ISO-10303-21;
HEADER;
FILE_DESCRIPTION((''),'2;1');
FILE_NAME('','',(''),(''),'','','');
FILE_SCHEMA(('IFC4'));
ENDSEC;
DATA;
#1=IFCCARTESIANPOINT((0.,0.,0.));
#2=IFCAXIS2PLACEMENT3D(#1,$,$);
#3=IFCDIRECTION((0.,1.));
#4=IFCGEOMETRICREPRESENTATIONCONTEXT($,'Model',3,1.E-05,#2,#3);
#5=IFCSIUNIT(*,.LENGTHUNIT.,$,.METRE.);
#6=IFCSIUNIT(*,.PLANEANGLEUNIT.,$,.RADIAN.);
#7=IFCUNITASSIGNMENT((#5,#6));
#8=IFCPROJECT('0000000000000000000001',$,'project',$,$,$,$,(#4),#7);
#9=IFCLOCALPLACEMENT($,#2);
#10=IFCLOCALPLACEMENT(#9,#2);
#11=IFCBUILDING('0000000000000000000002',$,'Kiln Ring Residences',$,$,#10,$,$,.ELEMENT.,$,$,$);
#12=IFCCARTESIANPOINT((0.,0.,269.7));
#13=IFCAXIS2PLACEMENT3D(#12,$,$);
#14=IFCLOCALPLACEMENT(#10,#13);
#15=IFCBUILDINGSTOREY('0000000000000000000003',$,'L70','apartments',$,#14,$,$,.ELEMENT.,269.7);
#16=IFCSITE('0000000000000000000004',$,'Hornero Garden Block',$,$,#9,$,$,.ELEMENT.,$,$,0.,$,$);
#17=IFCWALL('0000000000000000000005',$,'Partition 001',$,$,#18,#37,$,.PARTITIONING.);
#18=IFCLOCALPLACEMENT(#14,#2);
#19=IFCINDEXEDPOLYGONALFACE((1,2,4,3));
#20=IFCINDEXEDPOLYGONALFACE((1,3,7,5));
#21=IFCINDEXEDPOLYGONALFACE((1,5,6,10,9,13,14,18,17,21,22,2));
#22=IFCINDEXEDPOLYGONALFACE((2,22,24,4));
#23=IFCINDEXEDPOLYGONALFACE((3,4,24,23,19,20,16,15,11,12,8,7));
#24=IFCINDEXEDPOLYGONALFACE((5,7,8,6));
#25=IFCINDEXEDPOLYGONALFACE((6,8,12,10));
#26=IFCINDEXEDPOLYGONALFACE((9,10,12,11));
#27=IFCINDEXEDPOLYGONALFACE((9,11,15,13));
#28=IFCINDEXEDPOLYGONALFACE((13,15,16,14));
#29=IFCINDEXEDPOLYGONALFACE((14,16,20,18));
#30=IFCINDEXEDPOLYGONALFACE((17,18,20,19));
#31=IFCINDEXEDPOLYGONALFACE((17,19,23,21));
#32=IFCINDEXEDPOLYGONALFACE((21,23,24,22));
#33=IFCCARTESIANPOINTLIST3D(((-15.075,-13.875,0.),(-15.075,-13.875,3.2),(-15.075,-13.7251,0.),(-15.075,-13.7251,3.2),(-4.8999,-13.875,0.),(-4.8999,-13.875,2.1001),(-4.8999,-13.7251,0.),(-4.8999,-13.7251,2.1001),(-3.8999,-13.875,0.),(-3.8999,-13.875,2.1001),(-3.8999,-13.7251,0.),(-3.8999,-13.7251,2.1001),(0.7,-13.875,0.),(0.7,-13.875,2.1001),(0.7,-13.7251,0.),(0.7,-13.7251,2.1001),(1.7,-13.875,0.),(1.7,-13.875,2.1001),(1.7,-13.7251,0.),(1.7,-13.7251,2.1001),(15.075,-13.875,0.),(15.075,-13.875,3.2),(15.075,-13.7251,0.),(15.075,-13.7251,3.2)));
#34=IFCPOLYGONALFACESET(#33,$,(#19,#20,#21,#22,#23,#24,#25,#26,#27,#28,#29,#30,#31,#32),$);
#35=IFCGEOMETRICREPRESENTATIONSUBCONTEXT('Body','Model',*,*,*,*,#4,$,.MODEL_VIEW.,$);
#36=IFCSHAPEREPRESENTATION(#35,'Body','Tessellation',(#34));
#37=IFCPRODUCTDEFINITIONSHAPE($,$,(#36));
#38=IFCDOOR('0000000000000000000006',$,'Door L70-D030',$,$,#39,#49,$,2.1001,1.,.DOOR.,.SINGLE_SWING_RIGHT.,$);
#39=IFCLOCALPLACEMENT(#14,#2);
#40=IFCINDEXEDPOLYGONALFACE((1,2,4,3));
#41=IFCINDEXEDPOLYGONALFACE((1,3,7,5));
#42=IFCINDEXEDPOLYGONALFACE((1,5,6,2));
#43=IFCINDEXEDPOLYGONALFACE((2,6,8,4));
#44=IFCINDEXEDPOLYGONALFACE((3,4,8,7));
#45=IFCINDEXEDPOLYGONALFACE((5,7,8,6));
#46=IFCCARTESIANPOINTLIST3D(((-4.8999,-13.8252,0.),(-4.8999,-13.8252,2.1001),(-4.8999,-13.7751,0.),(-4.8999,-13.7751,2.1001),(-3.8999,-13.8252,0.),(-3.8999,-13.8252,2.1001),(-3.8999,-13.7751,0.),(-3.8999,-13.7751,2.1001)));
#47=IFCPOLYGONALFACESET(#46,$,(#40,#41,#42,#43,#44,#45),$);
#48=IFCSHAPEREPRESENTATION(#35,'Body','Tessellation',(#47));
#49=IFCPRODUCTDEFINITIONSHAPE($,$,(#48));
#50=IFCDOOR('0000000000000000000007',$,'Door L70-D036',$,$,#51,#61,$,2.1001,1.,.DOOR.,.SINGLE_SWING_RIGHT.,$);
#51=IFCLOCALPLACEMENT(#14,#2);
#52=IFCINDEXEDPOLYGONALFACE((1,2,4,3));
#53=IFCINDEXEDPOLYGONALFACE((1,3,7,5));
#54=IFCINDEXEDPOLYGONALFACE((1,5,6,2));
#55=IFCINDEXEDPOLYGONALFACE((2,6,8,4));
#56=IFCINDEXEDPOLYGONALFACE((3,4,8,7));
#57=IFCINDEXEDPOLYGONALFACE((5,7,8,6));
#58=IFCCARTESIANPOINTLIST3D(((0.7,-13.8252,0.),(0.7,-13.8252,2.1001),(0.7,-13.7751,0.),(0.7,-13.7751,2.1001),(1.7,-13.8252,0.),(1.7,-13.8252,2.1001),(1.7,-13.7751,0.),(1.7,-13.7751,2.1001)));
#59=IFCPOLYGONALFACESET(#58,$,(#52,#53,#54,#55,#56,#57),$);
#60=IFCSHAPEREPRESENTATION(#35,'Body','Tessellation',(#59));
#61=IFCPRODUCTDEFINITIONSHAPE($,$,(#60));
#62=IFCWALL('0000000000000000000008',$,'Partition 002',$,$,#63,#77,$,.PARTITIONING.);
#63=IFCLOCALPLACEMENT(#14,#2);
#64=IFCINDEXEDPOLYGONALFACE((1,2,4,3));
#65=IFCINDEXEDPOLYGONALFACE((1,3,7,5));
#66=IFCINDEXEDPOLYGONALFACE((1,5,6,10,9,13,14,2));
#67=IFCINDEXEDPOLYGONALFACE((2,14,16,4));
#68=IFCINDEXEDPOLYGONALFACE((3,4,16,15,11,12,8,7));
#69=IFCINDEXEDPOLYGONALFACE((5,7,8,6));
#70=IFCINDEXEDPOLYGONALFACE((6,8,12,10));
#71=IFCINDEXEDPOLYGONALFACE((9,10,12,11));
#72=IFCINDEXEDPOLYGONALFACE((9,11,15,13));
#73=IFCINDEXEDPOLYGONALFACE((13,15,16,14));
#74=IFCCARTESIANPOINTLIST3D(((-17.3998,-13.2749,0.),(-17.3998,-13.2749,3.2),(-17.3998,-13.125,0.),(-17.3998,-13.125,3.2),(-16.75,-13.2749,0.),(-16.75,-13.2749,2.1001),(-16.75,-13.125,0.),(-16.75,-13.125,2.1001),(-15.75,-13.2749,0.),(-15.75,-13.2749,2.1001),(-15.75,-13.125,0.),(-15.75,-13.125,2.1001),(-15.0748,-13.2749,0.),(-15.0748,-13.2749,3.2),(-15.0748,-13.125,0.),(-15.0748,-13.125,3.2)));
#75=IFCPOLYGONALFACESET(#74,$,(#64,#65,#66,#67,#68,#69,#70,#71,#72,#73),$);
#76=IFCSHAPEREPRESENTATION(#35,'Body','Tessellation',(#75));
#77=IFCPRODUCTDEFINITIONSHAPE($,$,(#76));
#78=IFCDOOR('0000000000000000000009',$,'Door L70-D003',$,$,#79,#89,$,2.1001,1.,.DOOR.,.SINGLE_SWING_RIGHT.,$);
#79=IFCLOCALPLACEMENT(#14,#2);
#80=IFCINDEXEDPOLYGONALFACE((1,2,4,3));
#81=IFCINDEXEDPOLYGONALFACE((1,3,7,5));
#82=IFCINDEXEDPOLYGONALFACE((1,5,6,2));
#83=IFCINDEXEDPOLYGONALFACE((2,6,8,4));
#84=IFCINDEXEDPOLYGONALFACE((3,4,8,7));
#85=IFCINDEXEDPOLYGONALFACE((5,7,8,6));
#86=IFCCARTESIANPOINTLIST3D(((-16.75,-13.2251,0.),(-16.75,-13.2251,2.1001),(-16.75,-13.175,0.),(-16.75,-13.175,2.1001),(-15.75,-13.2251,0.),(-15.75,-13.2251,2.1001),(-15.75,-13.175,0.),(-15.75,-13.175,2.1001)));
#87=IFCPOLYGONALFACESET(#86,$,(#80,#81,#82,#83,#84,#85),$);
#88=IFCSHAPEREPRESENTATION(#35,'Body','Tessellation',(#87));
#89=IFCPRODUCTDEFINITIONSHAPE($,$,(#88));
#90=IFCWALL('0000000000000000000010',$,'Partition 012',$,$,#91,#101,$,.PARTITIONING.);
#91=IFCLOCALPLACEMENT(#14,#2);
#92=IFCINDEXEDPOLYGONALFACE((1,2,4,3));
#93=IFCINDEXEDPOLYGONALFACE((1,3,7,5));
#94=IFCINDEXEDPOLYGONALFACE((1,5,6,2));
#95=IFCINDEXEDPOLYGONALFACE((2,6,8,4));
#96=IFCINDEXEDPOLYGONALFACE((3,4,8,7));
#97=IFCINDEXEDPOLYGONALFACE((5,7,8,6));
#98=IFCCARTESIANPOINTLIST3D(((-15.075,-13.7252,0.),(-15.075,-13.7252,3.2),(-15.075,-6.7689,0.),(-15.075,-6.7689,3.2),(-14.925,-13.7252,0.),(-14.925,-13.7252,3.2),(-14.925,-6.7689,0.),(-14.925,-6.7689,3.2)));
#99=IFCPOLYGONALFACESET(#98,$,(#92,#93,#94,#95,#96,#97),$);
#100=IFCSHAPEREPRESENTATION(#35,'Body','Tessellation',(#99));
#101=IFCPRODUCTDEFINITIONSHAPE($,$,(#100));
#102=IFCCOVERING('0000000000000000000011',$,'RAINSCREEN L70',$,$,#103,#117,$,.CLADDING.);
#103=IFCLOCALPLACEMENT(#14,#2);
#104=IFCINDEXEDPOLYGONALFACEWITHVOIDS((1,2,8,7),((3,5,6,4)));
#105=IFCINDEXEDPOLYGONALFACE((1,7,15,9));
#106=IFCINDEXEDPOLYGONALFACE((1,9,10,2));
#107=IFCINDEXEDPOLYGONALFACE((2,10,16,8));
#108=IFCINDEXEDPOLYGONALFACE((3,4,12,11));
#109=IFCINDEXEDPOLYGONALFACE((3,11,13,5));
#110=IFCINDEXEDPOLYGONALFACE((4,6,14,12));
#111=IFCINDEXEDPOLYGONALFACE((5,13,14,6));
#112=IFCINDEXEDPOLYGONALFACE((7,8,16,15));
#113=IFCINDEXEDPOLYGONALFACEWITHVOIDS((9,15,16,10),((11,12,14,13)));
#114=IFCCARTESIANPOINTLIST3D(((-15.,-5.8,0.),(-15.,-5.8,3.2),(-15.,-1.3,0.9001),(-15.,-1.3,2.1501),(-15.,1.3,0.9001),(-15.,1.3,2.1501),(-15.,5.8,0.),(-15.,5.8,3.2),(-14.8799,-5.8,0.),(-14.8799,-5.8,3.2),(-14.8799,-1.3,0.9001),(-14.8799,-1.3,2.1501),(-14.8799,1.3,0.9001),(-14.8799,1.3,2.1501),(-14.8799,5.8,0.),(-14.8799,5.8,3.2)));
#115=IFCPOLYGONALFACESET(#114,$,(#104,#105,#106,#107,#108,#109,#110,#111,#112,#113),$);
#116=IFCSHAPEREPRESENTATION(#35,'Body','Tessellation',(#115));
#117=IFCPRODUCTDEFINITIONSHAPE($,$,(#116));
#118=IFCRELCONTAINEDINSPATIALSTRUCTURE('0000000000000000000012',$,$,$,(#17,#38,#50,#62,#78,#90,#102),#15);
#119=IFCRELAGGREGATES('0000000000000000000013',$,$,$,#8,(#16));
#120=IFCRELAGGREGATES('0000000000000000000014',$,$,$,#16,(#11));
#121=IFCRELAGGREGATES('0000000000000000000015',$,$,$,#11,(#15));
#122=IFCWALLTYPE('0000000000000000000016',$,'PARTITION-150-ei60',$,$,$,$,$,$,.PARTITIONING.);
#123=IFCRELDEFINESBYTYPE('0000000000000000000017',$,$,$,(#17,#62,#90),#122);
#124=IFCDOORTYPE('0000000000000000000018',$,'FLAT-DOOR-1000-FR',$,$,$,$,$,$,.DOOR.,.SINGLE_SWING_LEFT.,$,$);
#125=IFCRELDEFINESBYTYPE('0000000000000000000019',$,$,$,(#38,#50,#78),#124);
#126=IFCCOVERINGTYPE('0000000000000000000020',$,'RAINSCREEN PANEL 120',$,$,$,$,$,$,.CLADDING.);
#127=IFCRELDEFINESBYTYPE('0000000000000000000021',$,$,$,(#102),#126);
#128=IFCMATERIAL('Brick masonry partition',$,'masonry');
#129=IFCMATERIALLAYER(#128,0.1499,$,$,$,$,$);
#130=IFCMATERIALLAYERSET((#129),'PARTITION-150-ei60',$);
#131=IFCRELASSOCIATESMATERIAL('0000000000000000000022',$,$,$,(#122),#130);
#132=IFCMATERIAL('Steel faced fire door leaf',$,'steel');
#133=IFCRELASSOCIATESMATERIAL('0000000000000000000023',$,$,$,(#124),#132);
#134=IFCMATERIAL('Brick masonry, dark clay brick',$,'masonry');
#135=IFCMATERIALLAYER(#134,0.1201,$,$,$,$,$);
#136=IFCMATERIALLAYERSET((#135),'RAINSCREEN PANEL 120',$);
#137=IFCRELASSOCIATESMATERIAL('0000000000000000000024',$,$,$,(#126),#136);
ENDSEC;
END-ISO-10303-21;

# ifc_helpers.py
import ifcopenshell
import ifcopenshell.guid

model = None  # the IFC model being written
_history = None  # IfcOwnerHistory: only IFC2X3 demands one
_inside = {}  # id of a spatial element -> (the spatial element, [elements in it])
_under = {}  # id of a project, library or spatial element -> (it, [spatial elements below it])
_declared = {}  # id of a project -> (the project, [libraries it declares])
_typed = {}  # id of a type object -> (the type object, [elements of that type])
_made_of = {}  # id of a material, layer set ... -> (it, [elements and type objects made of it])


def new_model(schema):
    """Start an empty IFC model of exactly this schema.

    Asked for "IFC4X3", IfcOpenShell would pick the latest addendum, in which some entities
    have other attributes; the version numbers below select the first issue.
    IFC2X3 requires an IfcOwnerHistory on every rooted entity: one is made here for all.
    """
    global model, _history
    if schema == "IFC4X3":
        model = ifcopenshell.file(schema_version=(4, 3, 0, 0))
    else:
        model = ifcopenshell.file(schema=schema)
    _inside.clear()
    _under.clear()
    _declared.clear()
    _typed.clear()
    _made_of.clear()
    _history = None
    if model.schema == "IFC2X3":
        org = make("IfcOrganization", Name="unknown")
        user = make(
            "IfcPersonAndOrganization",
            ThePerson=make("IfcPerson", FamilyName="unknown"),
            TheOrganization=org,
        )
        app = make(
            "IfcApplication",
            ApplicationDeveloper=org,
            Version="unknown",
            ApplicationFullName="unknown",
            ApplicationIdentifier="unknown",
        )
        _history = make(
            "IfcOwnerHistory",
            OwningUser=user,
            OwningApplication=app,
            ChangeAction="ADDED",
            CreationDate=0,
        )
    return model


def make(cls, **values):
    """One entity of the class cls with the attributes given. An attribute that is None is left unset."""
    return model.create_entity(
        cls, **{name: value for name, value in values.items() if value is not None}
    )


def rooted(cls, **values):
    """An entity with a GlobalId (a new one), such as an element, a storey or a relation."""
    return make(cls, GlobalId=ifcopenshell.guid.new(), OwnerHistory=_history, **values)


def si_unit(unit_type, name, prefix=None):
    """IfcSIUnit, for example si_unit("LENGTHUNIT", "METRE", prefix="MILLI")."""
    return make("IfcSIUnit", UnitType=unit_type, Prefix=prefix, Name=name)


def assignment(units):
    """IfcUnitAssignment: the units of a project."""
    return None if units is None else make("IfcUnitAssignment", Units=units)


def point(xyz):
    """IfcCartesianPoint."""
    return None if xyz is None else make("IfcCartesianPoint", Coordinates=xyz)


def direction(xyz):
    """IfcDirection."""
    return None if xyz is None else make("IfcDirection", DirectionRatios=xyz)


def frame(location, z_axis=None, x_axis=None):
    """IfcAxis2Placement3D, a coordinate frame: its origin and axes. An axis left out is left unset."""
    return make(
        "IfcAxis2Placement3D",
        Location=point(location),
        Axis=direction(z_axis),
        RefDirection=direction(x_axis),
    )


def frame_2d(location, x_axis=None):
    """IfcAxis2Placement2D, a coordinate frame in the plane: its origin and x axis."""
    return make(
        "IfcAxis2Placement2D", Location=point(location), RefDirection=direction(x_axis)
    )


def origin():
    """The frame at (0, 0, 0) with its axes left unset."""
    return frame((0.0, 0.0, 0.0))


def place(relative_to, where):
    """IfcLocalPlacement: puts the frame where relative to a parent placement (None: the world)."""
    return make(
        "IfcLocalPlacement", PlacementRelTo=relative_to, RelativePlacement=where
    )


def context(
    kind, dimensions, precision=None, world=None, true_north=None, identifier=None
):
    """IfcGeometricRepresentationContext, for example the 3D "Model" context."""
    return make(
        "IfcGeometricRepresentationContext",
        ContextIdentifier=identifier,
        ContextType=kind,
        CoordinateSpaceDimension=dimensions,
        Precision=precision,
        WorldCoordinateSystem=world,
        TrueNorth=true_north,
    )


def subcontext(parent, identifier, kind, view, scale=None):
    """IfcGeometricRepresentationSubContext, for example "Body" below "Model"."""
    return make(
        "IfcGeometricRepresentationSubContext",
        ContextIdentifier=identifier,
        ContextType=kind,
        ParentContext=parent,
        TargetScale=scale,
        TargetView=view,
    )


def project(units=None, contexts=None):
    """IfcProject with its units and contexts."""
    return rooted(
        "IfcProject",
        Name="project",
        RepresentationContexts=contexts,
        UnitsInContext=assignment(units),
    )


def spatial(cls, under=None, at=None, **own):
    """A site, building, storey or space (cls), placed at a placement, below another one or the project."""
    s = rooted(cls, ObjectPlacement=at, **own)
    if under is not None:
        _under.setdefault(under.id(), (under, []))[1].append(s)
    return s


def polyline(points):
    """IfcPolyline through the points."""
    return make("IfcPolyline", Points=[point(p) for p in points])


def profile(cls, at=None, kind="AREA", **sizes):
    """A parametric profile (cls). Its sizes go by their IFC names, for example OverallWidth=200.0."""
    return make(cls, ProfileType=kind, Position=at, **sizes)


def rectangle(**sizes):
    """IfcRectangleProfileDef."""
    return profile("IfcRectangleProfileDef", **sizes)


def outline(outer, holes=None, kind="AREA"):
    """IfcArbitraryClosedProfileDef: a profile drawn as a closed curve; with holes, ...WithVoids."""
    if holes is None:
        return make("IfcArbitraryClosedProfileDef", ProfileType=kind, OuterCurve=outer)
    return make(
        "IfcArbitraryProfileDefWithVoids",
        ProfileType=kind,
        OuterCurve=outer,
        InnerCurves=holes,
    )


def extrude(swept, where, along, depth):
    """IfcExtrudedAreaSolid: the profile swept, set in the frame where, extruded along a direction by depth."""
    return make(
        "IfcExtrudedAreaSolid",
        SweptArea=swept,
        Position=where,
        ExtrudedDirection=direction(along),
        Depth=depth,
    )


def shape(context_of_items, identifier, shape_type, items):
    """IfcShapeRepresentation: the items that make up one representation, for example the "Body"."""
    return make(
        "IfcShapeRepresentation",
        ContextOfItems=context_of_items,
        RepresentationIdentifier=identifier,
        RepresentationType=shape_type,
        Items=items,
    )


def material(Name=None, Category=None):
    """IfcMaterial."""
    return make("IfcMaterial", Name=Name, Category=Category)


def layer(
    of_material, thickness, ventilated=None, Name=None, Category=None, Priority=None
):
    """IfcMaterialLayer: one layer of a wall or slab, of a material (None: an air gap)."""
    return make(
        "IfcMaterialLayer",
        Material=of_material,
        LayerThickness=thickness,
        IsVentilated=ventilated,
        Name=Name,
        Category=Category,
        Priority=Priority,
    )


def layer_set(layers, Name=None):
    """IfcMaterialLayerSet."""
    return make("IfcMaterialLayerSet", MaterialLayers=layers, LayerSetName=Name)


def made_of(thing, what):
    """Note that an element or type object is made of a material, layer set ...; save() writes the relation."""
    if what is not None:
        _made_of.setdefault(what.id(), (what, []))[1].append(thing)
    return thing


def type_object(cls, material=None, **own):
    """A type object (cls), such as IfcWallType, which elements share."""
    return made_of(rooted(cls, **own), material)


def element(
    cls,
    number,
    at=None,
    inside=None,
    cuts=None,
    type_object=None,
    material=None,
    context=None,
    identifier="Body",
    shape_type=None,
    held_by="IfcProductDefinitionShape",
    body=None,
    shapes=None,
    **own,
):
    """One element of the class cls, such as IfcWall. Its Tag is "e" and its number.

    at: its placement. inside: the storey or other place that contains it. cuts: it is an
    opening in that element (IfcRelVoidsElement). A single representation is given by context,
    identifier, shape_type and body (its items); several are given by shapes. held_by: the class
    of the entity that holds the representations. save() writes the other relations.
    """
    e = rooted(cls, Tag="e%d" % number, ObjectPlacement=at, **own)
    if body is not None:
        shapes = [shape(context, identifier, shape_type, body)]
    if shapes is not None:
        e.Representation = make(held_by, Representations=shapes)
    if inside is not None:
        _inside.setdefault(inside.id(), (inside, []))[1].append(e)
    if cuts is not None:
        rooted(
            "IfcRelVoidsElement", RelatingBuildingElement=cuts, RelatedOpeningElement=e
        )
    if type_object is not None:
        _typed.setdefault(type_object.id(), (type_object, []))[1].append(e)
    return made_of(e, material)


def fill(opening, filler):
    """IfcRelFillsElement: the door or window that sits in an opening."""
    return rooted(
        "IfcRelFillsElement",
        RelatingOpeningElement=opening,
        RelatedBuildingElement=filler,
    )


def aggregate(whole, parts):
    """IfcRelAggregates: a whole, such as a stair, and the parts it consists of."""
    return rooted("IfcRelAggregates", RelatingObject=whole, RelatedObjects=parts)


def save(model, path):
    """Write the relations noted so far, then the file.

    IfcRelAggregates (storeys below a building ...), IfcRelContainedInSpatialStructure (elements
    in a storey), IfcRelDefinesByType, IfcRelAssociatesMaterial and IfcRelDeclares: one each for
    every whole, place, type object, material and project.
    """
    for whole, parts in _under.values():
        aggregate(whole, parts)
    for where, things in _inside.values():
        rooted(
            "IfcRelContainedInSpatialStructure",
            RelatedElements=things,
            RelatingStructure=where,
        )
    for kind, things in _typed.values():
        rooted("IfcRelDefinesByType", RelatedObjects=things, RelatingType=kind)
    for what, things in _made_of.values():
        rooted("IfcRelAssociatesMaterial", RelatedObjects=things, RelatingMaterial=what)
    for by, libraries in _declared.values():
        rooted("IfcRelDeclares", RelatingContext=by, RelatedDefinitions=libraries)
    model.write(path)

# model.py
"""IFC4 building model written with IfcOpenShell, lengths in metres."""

from ifc_helpers import new_model, si_unit, direction, frame, frame_2d, origin, place, context, subcontext, project, spatial, polyline, rectangle, outline, extrude, material, layer, layer_set, type_object, element, fill, save


model = new_model("IFC4")

# Units and contexts
model_context = context("Model", 3, precision=1e-05, world=origin(), true_north=direction((0.0, 1.0)))
body_context = subcontext(model_context, "Body", "Model", "MODEL_VIEW")
ifc_project = project(units=[si_unit("LENGTHUNIT", "METRE"), si_unit("PLANEANGLEUNIT", "RADIAN")], contexts=[model_context])

# Site, building, storey
site_placement = place(None, origin())
site = spatial("IfcSite", under=ifc_project, at=site_placement, Name="Hornero Garden Block", CompositionType="ELEMENT", RefElevation=0.0)
building_placement = place(site_placement, origin())
building = spatial("IfcBuilding", under=site, at=building_placement, Name="Kiln Ring Residences", CompositionType="ELEMENT")
storey_placement = place(building_placement, frame((0.0, 0.0, 269.7)))
storey = spatial("IfcBuildingStorey", under=building, at=storey_placement, Name="L70", Description="apartments", CompositionType="ELEMENT", Elevation=269.7)

# Wall, openings, doors
ifc_material_1 = material(Name="Brick masonry partition", Category="masonry")
ifc_layer_1 = layer(ifc_material_1, 0.1499)
ifc_layer_set_1 = layer_set([ifc_layer_1], Name="PARTITION-150-ei60")
wall_type_1 = type_object("IfcWallType", Name="PARTITION-150-ei60", PredefinedType="PARTITIONING", material=ifc_layer_set_1)
wall_1_placement = place(storey_placement, frame((-15.075, -13.8, 0.0), z_axis=(0.0, 0.0, 1.0), x_axis=(1.0, 0.0, 0.0)))
wall_1 = element("IfcWall", 1, at=wall_1_placement, inside=storey, type_object=wall_type_1, Name="Partition 001", PredefinedType="PARTITIONING", context=body_context, shape_type="SweptSolid", body=[
    extrude(rectangle(XDim=30.1499, YDim=0.1499, at=frame_2d((15.075, 0.0))), origin(), (0.0, 0.0, 1.0), 3.2),
])
opening_1_placement = place(wall_1_placement, frame((10.175, 0.0, 0.0)))
opening_1 = element("IfcOpeningElement", 2, at=opening_1_placement, cuts=wall_1, PredefinedType="OPENING", context=body_context, shape_type="SweptSolid", body=[
    extrude(rectangle(XDim=1.0, YDim=2.1001, at=frame_2d((0.5, 1.05))), frame((0.0, 0.085, 0.0), z_axis=(0.0, -1.0, 0.0), x_axis=(1.0, 0.0, 0.0)), (0.0, 0.0, 1.0), 0.1699),
])
opening_2_placement = place(wall_1_placement, frame((15.7749, 0.0, 0.0)))
opening_2 = element("IfcOpeningElement", 3, at=opening_2_placement, cuts=wall_1, PredefinedType="OPENING", context=body_context, shape_type="SweptSolid", body=[
    extrude(rectangle(XDim=1.0, YDim=2.1001, at=frame_2d((0.5, 1.05))), frame((0.0, 0.085, 0.0), z_axis=(0.0, -1.0, 0.0), x_axis=(1.0, 0.0, 0.0)), (0.0, 0.0, 1.0), 0.1699),
])
ifc_material_2 = material(Name="Steel faced fire door leaf", Category="steel")
door_type_1 = type_object("IfcDoorType", Name="FLAT-DOOR-1000-FR", OperationType="SINGLE_SWING_LEFT", PredefinedType="DOOR", material=ifc_material_2)
door_1_placement = place(opening_1_placement, origin())
door_1 = element("IfcDoor", 4, at=door_1_placement, inside=storey, type_object=door_type_1, Name="Door L70-D030", OperationType="SINGLE_SWING_RIGHT", OverallHeight=2.1001, OverallWidth=1.0, PredefinedType="DOOR", context=body_context, shape_type="SweptSolid", body=[
    extrude(rectangle(XDim=1.0, YDim=2.1001, at=frame_2d((0.5, 1.05))), frame((0.0, 0.0249, 0.0), z_axis=(0.0, -1.0, 0.0), x_axis=(1.0, 0.0, 0.0)), (0.0, 0.0, 1.0), 0.05),
])
fill(opening_1, door_1)
door_2_placement = place(opening_2_placement, origin())
door_2 = element("IfcDoor", 5, at=door_2_placement, inside=storey, type_object=door_type_1, Name="Door L70-D036", OperationType="SINGLE_SWING_RIGHT", OverallHeight=2.1001, OverallWidth=1.0, PredefinedType="DOOR", context=body_context, shape_type="SweptSolid", body=[
    extrude(rectangle(XDim=1.0, YDim=2.1001, at=frame_2d((0.5, 1.05))), frame((0.0, 0.0249, 0.0), z_axis=(0.0, -1.0, 0.0), x_axis=(1.0, 0.0, 0.0)), (0.0, 0.0, 1.0), 0.05),
])
fill(opening_2, door_2)

# Wall, opening, door
wall_2_placement = place(storey_placement, frame((-17.3999, -13.2, 0.0), z_axis=(0.0, 0.0, 1.0), x_axis=(1.0, 0.0, 0.0)))
wall_2 = element("IfcWall", 6, at=wall_2_placement, inside=storey, type_object=wall_type_1, Name="Partition 002", PredefinedType="PARTITIONING", context=body_context, shape_type="SweptSolid", body=[
    extrude(rectangle(XDim=2.325, YDim=0.1499, at=frame_2d((1.1626, 0.0))), origin(), (0.0, 0.0, 1.0), 3.2),
])
opening_3_placement = place(wall_2_placement, frame((0.6499, 0.0, 0.0)))
opening_3 = element("IfcOpeningElement", 7, at=opening_3_placement, cuts=wall_2, PredefinedType="OPENING", context=body_context, shape_type="SweptSolid", body=[
    extrude(rectangle(XDim=1.0, YDim=2.1001, at=frame_2d((0.5, 1.05))), frame((0.0, 0.085, 0.0), z_axis=(0.0, -1.0, 0.0), x_axis=(1.0, 0.0, 0.0)), (0.0, 0.0, 1.0), 0.1699),
])
door_3_placement = place(opening_3_placement, origin())
door_3 = element("IfcDoor", 8, at=door_3_placement, inside=storey, type_object=door_type_1, Name="Door L70-D003", OperationType="SINGLE_SWING_RIGHT", OverallHeight=2.1001, OverallWidth=1.0, PredefinedType="DOOR", context=body_context, shape_type="SweptSolid", body=[
    extrude(rectangle(XDim=1.0, YDim=2.1001, at=frame_2d((0.5, 1.05))), frame((0.0, 0.0249, 0.0), z_axis=(0.0, -1.0, 0.0), x_axis=(1.0, 0.0, 0.0)), (0.0, 0.0, 1.0), 0.05),
])
fill(opening_3, door_3)

# Wall
wall_3_placement = place(storey_placement, frame((-15.0, -13.7251, 0.0), z_axis=(0.0, 0.0, 1.0), x_axis=(0.0, 1.0, 0.0)))
element("IfcWall", 9, at=wall_3_placement, inside=storey, type_object=wall_type_1, Name="Partition 012", PredefinedType="PARTITIONING", context=body_context, shape_type="SweptSolid", body=[
    extrude(rectangle(XDim=6.9563, YDim=0.1499, at=frame_2d((3.478, 0.0))), origin(), (0.0, 0.0, 1.0), 3.2),
])

# Covering
ifc_material_3 = material(Name="Brick masonry, dark clay brick", Category="masonry")
ifc_layer_2 = layer(ifc_material_3, 0.1201)
ifc_layer_set_2 = layer_set([ifc_layer_2], Name="RAINSCREEN PANEL 120")
covering_type = type_object("IfcCoveringType", Name="RAINSCREEN PANEL 120", PredefinedType="CLADDING", material=ifc_layer_set_2)
covering_placement = place(storey_placement, frame((-14.9399, -5.8, 0.0), z_axis=(0.0, 0.0, 1.0), x_axis=(0.0, 1.0, 0.0)))
element("IfcCovering", 10, at=covering_placement, inside=storey, type_object=covering_type, Name="RAINSCREEN L70", PredefinedType="CLADDING", context=body_context, shape_type="SweptSolid", body=[
    extrude(outline(polyline([(0.0, 0.0), (11.6001, 0.0), (11.6001, 3.2), (0.0, 3.2), (0.0, 0.0)]), holes=[polyline([(4.5, 2.1501), (4.5, 0.9001), (7.1001, 0.9001), (7.1001, 2.1501), (4.5, 2.1501)])]), frame((0.0, 0.0601, 0.0), z_axis=(0.0, -1.0, 0.0), x_axis=(1.0, 0.0, 0.0)), (0.0, 0.0, 1.0), 0.1201),
])

save(model, "model.ifc")
